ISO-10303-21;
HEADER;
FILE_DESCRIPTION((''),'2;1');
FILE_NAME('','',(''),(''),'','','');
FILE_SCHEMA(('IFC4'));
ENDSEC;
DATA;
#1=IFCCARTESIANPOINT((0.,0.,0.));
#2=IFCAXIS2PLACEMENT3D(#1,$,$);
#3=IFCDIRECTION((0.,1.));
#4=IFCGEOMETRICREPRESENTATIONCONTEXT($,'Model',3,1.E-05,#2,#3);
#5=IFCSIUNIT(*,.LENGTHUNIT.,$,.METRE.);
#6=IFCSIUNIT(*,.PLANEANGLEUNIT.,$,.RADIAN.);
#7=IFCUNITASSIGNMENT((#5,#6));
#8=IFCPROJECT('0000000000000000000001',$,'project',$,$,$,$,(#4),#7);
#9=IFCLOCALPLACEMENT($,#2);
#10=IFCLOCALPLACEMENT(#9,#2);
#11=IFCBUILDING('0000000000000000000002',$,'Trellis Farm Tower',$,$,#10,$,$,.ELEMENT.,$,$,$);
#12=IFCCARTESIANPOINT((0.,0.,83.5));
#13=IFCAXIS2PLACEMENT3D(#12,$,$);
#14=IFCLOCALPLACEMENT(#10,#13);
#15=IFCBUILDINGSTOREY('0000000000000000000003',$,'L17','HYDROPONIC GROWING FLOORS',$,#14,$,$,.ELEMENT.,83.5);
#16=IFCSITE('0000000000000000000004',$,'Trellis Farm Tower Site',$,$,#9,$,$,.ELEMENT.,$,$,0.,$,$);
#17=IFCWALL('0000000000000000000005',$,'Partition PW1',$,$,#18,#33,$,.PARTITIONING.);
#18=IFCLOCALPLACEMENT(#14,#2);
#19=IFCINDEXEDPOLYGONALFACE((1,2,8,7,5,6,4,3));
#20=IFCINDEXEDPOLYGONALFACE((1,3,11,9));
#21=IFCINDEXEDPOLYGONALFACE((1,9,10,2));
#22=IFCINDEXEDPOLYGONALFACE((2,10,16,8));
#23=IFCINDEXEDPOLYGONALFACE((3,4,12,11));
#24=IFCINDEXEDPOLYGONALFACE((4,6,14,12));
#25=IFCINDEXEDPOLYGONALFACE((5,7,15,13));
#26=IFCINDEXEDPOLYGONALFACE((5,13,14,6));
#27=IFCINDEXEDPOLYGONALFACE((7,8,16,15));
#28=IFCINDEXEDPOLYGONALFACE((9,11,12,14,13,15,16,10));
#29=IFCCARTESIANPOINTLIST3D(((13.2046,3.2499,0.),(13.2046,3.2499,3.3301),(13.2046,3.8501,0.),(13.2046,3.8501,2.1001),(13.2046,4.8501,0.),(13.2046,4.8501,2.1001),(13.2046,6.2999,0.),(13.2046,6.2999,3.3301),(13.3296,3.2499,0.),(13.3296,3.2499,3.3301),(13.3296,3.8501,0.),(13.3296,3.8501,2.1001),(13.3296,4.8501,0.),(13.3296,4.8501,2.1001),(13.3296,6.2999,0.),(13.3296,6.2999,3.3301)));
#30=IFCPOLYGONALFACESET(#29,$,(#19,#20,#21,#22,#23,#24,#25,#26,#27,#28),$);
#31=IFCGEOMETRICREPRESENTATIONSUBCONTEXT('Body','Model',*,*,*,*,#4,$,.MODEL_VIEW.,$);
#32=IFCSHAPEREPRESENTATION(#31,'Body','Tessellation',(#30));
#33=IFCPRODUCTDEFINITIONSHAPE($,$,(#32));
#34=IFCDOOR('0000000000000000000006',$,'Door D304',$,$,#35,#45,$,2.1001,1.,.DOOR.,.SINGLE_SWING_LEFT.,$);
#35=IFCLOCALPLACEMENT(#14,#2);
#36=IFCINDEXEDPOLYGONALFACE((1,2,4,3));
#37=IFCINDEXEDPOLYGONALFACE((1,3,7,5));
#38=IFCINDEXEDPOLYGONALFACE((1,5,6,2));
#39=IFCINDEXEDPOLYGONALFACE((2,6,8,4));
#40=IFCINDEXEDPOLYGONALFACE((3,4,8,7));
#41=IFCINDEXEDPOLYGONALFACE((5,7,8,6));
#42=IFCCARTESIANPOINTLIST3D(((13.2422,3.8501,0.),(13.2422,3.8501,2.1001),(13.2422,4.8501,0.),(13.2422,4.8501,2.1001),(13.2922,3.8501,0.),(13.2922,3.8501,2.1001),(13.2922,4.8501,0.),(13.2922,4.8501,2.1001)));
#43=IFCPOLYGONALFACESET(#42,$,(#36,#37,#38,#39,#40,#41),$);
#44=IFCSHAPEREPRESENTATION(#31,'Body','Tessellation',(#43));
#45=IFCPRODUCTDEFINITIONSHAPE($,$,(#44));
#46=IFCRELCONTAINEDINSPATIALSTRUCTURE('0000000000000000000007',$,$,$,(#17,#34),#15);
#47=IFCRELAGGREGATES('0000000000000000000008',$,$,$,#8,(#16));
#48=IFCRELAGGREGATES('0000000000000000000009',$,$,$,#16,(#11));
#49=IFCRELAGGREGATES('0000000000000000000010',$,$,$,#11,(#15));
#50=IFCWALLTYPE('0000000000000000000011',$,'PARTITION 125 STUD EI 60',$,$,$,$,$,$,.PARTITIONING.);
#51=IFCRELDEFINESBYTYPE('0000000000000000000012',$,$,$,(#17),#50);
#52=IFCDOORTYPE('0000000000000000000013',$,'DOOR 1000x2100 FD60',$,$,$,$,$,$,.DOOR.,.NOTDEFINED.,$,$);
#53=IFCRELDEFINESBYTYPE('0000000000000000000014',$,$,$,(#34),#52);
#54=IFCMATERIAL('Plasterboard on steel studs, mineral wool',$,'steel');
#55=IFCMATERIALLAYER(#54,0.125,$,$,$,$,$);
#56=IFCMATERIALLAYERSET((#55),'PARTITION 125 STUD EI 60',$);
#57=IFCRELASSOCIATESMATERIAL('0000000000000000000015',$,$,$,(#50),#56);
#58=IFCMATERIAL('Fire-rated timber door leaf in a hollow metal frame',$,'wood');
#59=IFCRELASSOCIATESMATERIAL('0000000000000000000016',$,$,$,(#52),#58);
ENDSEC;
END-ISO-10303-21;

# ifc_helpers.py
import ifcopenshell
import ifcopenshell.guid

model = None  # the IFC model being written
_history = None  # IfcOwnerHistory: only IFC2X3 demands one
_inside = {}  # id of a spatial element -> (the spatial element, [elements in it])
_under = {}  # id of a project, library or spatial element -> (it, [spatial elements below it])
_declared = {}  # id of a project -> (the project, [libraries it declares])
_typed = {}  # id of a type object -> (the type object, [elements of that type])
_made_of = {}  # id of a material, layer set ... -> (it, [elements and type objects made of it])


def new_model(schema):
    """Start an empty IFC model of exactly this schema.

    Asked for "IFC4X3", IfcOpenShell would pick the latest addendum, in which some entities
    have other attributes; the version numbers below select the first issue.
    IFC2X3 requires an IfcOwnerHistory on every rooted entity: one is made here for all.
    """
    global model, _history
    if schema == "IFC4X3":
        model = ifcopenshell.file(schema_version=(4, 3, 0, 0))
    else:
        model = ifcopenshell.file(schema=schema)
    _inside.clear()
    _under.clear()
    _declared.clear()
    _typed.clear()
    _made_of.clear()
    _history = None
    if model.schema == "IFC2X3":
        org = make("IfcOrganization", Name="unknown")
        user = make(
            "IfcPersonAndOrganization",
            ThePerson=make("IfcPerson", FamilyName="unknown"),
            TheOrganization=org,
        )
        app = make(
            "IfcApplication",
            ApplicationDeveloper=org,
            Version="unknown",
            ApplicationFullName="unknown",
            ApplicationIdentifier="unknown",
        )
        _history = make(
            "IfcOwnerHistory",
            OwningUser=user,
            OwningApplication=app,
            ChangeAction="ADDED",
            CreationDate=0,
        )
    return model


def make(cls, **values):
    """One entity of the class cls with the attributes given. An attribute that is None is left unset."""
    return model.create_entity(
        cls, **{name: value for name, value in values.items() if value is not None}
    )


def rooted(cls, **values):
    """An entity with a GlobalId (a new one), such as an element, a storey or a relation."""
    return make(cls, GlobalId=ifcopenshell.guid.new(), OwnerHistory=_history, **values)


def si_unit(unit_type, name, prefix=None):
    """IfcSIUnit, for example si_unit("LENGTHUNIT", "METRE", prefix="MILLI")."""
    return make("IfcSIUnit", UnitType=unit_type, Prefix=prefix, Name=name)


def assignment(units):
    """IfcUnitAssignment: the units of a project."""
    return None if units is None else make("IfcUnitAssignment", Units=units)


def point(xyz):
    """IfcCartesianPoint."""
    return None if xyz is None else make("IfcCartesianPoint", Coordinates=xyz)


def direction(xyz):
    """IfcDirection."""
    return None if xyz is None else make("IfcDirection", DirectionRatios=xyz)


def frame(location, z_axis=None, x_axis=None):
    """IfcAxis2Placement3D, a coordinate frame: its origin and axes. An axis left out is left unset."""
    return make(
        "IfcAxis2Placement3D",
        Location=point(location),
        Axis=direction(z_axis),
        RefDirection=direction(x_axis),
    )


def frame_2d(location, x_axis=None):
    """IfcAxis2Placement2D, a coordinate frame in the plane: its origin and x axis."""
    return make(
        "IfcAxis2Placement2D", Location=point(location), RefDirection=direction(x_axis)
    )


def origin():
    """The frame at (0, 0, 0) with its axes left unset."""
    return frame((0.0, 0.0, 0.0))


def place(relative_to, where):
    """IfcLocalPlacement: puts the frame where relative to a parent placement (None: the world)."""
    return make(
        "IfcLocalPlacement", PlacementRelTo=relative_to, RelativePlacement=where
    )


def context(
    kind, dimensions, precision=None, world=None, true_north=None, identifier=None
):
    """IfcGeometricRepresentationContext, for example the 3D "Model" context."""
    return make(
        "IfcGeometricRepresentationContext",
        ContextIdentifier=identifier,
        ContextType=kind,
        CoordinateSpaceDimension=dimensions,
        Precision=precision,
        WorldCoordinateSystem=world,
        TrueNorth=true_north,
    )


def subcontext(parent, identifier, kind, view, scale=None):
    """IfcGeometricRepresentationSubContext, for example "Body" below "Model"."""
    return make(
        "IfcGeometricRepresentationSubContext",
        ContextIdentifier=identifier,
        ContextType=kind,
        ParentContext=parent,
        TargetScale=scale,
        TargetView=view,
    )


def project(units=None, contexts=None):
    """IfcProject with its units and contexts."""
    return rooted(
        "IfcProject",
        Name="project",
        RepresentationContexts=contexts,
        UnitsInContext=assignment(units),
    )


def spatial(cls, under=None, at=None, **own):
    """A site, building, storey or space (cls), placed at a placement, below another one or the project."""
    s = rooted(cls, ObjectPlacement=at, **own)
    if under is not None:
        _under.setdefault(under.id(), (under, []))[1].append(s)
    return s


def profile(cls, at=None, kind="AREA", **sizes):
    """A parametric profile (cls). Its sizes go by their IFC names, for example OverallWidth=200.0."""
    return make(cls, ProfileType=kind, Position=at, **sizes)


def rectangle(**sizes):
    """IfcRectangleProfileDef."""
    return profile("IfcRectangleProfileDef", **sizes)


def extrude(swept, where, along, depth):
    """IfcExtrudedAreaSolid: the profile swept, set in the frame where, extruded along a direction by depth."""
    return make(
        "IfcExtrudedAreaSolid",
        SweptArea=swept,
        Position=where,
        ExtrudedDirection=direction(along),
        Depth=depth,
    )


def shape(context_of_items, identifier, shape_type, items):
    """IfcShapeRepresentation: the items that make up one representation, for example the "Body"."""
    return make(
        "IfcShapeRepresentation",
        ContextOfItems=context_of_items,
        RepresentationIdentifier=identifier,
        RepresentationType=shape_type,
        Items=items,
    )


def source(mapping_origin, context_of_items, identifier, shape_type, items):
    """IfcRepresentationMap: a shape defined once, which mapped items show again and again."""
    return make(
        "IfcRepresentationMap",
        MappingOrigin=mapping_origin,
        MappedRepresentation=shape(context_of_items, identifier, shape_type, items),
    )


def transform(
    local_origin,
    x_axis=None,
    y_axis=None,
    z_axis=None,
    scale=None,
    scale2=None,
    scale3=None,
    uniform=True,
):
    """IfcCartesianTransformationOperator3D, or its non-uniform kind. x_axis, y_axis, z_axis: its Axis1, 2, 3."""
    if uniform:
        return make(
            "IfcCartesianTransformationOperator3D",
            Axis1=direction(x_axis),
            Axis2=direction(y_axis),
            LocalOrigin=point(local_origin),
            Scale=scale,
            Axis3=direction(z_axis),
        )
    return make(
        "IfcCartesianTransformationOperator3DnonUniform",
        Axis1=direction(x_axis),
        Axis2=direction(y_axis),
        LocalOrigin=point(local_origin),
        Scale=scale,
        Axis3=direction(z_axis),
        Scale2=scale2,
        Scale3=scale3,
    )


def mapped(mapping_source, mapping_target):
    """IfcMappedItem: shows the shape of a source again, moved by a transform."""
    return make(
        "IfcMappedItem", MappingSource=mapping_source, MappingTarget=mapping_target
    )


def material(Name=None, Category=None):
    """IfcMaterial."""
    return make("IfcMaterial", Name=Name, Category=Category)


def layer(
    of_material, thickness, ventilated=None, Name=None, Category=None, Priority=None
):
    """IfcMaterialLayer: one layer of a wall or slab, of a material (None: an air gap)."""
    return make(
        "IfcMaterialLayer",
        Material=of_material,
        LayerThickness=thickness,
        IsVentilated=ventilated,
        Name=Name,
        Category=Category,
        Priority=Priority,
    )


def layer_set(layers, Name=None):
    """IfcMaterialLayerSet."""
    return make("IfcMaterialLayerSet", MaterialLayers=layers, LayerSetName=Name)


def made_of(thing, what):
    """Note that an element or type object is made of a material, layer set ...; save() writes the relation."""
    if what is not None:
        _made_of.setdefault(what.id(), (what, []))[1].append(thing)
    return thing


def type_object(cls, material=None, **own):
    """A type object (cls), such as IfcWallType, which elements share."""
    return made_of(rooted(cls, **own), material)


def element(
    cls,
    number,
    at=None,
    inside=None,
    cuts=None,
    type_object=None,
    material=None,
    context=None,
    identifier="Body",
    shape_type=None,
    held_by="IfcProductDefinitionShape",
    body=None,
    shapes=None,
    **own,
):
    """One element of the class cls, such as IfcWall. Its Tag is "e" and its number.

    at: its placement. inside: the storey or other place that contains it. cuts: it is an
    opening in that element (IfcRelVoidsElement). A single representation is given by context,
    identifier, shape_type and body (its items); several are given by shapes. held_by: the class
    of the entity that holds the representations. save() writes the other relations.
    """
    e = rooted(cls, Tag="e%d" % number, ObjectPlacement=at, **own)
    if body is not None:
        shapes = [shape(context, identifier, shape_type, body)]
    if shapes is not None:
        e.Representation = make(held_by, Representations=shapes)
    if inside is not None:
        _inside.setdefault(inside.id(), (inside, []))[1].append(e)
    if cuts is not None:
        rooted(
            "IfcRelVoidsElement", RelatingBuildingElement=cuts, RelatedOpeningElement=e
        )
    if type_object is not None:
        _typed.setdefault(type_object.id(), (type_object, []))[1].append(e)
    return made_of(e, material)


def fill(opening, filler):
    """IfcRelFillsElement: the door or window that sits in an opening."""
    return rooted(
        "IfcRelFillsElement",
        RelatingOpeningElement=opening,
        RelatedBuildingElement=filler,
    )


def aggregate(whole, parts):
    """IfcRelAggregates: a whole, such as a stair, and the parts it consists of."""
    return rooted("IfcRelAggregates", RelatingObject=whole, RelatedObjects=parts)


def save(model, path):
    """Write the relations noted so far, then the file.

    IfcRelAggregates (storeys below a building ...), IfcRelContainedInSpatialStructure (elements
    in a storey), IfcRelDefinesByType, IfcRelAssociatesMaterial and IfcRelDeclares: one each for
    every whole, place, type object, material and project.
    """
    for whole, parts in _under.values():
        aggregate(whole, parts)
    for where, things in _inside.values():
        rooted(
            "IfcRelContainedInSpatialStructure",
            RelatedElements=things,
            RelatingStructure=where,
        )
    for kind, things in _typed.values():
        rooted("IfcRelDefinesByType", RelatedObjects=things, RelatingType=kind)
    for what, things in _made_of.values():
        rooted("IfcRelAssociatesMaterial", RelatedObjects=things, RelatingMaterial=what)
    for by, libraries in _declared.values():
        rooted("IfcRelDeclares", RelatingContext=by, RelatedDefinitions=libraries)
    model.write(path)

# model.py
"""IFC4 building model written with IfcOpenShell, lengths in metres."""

from ifc_helpers import new_model, si_unit, direction, frame, frame_2d, origin, place, context, subcontext, project, spatial, rectangle, extrude, source, transform, mapped, material, layer, layer_set, type_object, element, fill, save


model = new_model("IFC4")

# Units and contexts
model_context = context("Model", 3, precision=1e-05, world=origin(), true_north=direction((0.0, 1.0)))
body_context = subcontext(model_context, "Body", "Model", "MODEL_VIEW")
ifc_project = project(units=[si_unit("LENGTHUNIT", "METRE"), si_unit("PLANEANGLEUNIT", "RADIAN")], contexts=[model_context])

# Site, building, storey
site_placement = place(None, origin())
site = spatial("IfcSite", under=ifc_project, at=site_placement, Name="Trellis Farm Tower Site", CompositionType="ELEMENT", RefElevation=0.0)
building_placement = place(site_placement, origin())
building = spatial("IfcBuilding", under=site, at=building_placement, Name="Trellis Farm Tower", CompositionType="ELEMENT")
storey_placement = place(building_placement, frame((0.0, 0.0, 83.5)))
storey = spatial("IfcBuildingStorey", under=building, at=storey_placement, Name="L17", Description="HYDROPONIC GROWING FLOORS", CompositionType="ELEMENT", Elevation=83.5)

# Wall, opening, door
ifc_material_1 = material(Name="Plasterboard on steel studs, mineral wool", Category="steel")
ifc_layer_1 = layer(ifc_material_1, 0.125)
ifc_layer_set_1 = layer_set([ifc_layer_1], Name="PARTITION 125 STUD EI 60")
wall_type_1 = type_object("IfcWallType", Name="PARTITION 125 STUD EI 60", PredefinedType="PARTITIONING", material=ifc_layer_set_1)
ifc_material_2 = material(Name="Fire-rated timber door leaf in a hollow metal frame", Category="wood")
shared_shape_1 = source(origin(), body_context, "Body", "SweptSolid", [
    extrude(rectangle(XDim=3.05, YDim=0.125, at=frame_2d((1.5249, 0.0))), origin(), (0.0, 0.0, 1.0), 3.3301),
])
wall_1_placement = place(storey_placement, frame((13.2671, 3.25, 0.0), z_axis=(0.0, 0.0, 1.0), x_axis=(0.0, 1.0, 0.0)))
wall_1 = element("IfcWall", 1, at=wall_1_placement, inside=storey, type_object=wall_type_1, Name="Partition PW1", PredefinedType="PARTITIONING", context=body_context, shape_type="MappedRepresentation", body=[
    mapped(shared_shape_1, transform((0.0, 0.0, 0.0))),
])
shared_shape_2 = source(origin(), body_context, "Body", "SweptSolid", [
    extrude(rectangle(XDim=1.0, YDim=2.1001, at=frame_2d((0.5, 1.05))), frame((0.0, 0.0725, 0.0), z_axis=(0.0, -1.0, 0.0), x_axis=(1.0, 0.0, 0.0)), (0.0, 0.0, 1.0), 0.145),
])
opening_1_placement = place(wall_1_placement, frame((0.6001, 0.0, 0.0)))
opening_1 = element("IfcOpeningElement", 2, at=opening_1_placement, cuts=wall_1, PredefinedType="OPENING", context=body_context, shape_type="MappedRepresentation", body=[
    mapped(shared_shape_2, transform((0.0, 0.0, 0.0))),
])
door_type_1 = type_object("IfcDoorType", Name="DOOR 1000x2100 FD60", OperationType="NOTDEFINED", PredefinedType="DOOR", material=ifc_material_2)
shared_shape_3 = source(origin(), body_context, "Body", "SweptSolid", [
    extrude(rectangle(XDim=1.0, YDim=2.1001, at=frame_2d((0.5, 1.05))), frame((0.0, 0.0249, 0.0), z_axis=(0.0, -1.0, 0.0), x_axis=(1.0, 0.0, 0.0)), (0.0, 0.0, 1.0), 0.05),
])
door_1_placement = place(opening_1_placement, origin())
door_1 = element("IfcDoor", 3, at=door_1_placement, inside=storey, type_object=door_type_1, Name="Door D304", OperationType="SINGLE_SWING_LEFT", OverallHeight=2.1001, OverallWidth=1.0, PredefinedType="DOOR", context=body_context, shape_type="MappedRepresentation", body=[
    mapped(shared_shape_3, transform((0.0, 0.0, 0.0))),
])
fill(opening_1, door_1)

save(model, "model.ifc")
